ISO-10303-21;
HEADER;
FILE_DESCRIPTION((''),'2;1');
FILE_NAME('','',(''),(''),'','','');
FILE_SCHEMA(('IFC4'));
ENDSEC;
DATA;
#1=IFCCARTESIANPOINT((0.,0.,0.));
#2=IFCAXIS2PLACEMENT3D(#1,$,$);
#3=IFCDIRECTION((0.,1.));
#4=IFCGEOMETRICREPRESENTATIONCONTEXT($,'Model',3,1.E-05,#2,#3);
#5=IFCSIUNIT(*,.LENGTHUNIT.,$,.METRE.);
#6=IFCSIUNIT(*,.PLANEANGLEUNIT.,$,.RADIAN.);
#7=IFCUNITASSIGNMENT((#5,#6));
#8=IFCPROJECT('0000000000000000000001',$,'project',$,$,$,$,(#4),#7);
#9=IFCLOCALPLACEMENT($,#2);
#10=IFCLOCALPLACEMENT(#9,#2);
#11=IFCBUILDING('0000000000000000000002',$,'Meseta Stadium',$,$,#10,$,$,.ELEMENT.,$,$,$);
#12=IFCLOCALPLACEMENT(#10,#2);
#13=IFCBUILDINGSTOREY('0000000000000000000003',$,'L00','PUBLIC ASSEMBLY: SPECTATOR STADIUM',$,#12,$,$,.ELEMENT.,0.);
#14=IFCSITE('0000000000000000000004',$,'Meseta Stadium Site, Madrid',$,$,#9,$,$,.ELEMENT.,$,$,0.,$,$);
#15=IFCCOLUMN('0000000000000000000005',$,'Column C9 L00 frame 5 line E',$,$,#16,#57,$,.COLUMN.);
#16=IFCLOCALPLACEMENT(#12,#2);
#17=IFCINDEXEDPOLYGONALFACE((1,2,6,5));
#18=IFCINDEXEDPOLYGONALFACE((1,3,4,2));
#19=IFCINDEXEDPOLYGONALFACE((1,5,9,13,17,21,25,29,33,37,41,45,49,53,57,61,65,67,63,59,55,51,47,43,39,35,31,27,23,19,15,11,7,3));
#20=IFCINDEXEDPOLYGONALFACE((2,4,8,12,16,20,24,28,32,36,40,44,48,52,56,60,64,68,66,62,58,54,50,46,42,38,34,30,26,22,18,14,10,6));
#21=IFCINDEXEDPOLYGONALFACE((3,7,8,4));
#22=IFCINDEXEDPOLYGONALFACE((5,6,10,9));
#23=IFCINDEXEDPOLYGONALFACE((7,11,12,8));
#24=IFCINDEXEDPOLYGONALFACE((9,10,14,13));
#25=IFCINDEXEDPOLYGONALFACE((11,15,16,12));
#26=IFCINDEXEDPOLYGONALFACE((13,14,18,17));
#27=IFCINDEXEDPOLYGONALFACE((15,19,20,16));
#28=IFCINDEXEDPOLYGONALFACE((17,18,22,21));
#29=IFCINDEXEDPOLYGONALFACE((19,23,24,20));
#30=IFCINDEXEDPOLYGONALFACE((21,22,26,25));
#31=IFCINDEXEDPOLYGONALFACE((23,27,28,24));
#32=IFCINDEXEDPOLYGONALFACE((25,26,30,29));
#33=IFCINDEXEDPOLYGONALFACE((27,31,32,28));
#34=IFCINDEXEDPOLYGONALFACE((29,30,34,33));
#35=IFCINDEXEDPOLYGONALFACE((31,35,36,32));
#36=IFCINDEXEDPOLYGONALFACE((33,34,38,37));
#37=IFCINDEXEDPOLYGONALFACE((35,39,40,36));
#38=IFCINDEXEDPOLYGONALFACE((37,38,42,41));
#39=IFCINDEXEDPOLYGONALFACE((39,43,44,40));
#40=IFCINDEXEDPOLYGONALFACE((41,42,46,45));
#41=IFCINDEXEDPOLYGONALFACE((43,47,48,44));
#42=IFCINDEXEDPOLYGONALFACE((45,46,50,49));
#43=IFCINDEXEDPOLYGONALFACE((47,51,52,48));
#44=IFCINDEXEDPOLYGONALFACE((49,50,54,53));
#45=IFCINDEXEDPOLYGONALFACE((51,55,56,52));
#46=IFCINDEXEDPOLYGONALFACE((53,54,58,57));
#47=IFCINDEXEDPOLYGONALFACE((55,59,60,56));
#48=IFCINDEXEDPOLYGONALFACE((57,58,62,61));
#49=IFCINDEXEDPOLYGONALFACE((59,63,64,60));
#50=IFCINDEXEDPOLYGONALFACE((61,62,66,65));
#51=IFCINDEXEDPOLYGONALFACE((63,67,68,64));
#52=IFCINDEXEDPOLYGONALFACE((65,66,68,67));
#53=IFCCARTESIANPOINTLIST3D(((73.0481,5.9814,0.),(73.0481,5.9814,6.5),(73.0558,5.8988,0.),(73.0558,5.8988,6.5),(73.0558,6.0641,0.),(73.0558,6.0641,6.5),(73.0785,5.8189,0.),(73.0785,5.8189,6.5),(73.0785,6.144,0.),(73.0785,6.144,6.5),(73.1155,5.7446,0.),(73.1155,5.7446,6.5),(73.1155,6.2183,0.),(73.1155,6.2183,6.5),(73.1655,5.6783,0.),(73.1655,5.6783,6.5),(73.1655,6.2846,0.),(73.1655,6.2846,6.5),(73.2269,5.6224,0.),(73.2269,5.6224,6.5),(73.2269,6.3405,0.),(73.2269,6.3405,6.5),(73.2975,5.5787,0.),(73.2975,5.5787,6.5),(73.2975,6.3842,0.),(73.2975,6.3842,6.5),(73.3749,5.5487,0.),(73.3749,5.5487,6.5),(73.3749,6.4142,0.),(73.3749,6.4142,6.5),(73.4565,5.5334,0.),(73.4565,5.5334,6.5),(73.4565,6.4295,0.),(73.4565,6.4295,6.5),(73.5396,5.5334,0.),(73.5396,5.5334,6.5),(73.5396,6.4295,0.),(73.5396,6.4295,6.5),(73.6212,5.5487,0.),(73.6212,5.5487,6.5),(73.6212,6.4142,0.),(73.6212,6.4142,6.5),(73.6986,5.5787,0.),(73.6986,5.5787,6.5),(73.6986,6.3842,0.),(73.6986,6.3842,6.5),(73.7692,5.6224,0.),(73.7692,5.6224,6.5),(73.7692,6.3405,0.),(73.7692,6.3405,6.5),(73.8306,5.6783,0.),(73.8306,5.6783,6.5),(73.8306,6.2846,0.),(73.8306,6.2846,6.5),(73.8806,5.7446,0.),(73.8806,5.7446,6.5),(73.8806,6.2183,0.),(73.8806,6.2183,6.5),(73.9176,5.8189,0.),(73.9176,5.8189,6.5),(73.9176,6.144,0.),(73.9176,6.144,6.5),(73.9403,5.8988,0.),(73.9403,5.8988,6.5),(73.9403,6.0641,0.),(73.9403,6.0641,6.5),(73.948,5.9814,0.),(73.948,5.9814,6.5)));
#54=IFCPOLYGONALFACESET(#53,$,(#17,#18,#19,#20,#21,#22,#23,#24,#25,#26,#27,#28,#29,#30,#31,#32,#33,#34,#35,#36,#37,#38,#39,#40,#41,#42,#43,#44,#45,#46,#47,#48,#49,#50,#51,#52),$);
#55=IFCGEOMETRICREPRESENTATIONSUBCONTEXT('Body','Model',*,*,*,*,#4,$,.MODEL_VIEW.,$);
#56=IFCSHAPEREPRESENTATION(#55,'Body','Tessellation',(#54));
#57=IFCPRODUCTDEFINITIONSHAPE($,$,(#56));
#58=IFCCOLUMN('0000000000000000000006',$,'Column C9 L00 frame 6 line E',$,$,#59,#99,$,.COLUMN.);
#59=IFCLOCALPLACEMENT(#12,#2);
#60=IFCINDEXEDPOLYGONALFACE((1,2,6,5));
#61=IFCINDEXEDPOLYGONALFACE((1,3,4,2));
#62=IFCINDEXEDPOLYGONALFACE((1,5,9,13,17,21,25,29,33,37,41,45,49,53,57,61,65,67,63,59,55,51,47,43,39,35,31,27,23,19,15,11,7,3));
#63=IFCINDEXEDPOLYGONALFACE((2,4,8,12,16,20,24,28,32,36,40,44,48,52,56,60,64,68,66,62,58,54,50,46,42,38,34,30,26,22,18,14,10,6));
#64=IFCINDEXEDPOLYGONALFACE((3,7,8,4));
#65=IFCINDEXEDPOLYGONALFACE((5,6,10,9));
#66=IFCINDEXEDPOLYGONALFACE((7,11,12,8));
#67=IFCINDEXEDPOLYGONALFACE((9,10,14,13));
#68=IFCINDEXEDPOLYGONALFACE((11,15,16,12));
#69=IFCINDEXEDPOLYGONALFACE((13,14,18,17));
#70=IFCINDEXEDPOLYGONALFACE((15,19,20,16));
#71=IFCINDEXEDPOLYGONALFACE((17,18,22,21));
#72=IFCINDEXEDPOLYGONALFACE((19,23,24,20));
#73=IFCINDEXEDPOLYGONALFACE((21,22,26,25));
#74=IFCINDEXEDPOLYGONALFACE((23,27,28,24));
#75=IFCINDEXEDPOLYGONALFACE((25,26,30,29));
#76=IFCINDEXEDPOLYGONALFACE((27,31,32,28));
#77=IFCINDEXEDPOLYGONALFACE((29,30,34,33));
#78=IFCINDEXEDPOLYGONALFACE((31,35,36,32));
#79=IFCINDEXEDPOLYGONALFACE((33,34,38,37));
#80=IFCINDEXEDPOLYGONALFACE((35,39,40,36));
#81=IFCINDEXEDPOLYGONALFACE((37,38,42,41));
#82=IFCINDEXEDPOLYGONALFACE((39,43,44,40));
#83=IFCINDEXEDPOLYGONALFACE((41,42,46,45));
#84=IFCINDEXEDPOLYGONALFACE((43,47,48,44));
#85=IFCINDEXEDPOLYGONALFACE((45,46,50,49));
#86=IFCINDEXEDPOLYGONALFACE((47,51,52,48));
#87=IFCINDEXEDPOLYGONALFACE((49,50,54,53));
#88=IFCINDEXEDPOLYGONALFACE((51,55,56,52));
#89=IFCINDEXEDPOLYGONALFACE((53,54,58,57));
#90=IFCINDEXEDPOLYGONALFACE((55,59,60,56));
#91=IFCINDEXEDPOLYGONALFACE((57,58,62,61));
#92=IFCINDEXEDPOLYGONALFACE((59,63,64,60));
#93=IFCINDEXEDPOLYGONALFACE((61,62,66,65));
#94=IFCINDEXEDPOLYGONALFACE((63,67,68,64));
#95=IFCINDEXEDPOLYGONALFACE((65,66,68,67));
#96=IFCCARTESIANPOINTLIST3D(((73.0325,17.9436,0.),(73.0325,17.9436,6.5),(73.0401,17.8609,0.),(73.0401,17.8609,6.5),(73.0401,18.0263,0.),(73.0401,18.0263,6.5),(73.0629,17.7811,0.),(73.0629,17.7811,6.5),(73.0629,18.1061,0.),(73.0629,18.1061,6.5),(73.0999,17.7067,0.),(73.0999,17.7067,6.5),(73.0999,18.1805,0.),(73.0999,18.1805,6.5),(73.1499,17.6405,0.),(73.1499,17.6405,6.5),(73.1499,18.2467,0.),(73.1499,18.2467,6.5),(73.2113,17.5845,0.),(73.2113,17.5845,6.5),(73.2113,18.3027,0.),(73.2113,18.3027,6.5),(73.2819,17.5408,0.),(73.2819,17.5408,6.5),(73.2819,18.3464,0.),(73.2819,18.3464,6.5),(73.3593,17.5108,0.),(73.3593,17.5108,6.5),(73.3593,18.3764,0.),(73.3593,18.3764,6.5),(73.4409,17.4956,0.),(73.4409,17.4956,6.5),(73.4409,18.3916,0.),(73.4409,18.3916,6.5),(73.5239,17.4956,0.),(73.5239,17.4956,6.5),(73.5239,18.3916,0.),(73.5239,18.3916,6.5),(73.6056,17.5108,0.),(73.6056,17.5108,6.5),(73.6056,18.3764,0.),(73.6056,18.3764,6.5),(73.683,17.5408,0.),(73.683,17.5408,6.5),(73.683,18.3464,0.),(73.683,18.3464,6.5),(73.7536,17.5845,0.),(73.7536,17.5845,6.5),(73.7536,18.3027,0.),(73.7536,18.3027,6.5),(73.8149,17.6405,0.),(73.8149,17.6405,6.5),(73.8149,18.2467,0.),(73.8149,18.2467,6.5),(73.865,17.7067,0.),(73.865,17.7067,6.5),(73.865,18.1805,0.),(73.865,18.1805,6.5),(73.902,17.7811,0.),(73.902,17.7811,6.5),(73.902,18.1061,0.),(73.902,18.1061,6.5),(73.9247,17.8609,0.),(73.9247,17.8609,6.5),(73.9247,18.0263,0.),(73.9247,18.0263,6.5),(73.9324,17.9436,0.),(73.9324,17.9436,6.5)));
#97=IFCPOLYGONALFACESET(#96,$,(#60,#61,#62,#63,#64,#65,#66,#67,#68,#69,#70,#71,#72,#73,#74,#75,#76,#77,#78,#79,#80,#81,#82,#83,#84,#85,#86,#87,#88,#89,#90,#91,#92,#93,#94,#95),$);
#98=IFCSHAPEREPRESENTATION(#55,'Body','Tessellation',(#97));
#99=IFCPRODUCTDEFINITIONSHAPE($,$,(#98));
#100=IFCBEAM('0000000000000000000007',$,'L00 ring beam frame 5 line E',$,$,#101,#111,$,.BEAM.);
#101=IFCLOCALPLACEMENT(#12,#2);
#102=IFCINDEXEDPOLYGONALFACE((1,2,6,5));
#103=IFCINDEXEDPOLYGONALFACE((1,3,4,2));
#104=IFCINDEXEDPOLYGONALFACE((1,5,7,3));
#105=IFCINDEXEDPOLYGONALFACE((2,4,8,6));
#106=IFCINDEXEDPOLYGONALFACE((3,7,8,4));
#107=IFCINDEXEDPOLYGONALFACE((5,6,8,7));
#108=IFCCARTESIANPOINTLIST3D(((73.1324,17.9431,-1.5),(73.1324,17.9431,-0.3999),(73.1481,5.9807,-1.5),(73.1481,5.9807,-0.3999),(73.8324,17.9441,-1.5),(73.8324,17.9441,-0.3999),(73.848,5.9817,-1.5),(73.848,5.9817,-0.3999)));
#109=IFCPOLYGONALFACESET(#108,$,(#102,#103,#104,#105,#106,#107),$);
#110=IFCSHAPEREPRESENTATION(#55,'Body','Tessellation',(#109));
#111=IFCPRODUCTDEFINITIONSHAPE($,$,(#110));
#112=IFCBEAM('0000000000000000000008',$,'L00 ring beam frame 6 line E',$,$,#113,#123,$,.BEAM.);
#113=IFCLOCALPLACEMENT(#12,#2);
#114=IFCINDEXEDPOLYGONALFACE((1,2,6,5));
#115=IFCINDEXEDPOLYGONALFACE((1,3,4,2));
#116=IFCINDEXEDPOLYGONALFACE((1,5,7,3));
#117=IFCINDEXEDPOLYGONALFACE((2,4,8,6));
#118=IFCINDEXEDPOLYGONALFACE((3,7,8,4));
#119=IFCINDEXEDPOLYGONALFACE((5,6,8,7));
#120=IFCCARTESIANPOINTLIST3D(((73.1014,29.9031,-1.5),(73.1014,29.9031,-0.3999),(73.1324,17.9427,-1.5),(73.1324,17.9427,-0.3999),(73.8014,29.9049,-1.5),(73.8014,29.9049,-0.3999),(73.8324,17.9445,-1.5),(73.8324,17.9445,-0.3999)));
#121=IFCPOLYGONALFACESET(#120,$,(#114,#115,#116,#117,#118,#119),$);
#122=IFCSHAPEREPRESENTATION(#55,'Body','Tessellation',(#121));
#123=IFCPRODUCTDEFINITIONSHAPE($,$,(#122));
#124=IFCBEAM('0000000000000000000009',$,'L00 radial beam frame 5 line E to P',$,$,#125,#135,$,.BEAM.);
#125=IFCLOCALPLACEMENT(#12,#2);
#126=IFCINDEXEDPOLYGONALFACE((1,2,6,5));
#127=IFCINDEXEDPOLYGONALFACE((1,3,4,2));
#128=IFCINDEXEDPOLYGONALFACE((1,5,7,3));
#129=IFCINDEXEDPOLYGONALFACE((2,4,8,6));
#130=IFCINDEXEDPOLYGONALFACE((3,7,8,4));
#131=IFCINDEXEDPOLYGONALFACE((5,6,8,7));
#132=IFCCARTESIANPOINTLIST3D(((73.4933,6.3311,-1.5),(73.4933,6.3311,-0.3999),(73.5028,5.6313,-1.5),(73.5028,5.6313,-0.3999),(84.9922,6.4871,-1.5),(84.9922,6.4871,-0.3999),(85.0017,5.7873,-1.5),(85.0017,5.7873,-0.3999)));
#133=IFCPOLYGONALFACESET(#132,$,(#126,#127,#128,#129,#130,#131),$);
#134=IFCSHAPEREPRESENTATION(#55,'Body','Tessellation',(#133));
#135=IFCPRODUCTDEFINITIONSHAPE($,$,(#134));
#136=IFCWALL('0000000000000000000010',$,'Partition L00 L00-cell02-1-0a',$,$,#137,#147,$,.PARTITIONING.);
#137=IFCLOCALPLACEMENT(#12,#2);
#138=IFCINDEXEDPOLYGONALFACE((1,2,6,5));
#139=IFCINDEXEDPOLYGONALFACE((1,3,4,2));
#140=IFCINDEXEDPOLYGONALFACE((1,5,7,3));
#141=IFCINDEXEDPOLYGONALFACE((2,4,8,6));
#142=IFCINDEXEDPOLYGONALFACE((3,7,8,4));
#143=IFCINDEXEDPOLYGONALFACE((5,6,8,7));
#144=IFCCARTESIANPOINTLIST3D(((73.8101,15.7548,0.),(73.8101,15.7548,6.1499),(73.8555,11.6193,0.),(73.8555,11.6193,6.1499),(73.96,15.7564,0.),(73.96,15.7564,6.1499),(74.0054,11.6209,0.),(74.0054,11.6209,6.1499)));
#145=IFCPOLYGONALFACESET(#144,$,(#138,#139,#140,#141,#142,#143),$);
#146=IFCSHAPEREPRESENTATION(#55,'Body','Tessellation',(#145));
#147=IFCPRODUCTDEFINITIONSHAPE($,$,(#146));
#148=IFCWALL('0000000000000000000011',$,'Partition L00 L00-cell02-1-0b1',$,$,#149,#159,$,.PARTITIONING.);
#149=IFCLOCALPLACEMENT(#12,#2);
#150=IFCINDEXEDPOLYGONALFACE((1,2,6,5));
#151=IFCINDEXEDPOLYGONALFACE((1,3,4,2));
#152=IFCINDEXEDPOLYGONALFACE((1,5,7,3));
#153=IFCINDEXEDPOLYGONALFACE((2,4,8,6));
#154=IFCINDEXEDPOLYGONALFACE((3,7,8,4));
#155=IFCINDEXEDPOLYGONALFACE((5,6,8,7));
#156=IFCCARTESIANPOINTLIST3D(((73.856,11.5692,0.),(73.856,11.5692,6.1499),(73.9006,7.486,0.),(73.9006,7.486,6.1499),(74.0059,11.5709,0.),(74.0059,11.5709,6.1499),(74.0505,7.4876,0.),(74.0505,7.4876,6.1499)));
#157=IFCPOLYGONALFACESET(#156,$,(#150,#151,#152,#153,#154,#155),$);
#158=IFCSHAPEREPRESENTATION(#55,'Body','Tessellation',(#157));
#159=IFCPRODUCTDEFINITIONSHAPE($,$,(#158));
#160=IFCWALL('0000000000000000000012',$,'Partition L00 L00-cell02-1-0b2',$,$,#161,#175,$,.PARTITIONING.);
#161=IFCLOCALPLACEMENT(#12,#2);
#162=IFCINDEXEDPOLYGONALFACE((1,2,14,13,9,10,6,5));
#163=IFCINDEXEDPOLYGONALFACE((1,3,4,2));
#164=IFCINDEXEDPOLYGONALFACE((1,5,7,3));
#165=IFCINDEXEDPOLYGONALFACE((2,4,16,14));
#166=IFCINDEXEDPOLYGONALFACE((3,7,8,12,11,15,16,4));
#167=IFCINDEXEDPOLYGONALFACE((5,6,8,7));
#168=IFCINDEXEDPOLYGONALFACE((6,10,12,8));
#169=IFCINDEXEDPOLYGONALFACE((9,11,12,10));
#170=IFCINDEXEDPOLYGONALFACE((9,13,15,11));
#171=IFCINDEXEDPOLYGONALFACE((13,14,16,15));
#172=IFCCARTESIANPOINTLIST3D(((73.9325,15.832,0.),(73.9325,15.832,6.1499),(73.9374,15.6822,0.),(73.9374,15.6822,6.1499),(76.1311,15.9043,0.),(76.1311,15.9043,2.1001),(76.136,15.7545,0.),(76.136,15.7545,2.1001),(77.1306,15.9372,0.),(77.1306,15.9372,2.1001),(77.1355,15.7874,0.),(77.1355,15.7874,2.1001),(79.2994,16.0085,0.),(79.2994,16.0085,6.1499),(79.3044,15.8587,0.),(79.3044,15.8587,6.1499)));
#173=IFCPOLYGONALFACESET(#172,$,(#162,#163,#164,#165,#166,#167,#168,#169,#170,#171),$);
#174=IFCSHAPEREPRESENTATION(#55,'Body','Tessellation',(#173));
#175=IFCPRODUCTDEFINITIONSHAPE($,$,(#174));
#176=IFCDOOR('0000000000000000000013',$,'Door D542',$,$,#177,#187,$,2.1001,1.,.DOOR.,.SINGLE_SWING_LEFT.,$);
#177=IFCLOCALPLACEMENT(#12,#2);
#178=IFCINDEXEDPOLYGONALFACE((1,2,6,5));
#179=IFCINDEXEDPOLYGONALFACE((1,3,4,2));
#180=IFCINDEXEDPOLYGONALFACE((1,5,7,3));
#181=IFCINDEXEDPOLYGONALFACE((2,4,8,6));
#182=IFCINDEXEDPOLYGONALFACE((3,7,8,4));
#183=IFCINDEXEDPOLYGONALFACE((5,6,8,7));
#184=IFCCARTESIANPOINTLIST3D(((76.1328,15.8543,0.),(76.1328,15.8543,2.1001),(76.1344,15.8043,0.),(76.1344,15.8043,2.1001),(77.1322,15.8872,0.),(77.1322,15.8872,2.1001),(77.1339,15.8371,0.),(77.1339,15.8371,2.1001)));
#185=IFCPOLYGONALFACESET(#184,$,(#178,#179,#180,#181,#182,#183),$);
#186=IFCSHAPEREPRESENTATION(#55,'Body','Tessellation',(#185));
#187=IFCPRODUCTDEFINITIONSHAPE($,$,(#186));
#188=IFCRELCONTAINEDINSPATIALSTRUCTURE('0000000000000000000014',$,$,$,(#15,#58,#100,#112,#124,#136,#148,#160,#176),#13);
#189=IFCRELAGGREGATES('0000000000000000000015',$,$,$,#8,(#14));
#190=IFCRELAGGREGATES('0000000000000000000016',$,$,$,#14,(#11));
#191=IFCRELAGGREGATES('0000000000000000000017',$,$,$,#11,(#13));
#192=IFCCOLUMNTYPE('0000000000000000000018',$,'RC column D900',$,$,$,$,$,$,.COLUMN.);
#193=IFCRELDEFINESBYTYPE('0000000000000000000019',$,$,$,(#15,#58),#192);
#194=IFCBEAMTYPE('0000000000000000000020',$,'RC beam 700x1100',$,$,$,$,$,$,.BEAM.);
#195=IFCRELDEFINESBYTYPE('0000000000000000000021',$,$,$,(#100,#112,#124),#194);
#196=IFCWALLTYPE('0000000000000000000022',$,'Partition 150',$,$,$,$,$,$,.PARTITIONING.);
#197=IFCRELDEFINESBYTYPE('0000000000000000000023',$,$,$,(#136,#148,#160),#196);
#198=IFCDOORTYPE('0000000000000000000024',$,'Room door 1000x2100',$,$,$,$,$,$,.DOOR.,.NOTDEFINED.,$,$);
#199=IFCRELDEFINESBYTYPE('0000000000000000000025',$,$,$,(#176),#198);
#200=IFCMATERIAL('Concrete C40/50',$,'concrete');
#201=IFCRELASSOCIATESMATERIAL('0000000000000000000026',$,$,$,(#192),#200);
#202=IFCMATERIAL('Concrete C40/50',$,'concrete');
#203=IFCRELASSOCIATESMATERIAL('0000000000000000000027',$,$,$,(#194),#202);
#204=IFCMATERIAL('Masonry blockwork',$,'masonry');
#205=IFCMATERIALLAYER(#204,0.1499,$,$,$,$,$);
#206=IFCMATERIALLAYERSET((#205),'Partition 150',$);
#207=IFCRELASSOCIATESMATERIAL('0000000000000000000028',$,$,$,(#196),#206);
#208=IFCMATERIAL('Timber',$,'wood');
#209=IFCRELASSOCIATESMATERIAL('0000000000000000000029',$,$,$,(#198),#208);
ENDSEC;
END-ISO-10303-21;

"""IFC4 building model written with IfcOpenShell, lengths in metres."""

from ifc_helpers import new_model, si_unit, direction, frame, frame_2d, origin, origin_2d, place, context, subcontext, project, spatial, rectangle, circle, extrude, material, layer, layer_set, material_profile, profile_set, type_object, element, fill, save


model = new_model("IFC4")

# Units and contexts
model_context = context("Model", 3, precision=1e-05, world=origin(), true_north=direction((0.0, 1.0)))
body_context = subcontext(model_context, "Body", "Model", "MODEL_VIEW")
ifc_project = project(units=[si_unit("LENGTHUNIT", "METRE"), si_unit("PLANEANGLEUNIT", "RADIAN")], contexts=[model_context])

# Site, building, storey
site_placement = place(None, origin())
site = spatial("IfcSite", under=ifc_project, at=site_placement, Name="Meseta Stadium Site, Madrid", CompositionType="ELEMENT", RefElevation=0.0)
building_placement = place(site_placement, origin())
building = spatial("IfcBuilding", under=site, at=building_placement, Name="Meseta Stadium", CompositionType="ELEMENT")
storey_placement = place(building_placement, origin())
storey = spatial("IfcBuildingStorey", under=building, at=storey_placement, Name="L00", Description="PUBLIC ASSEMBLY: SPECTATOR STADIUM", CompositionType="ELEMENT", Elevation=0.0)

# Columns
ifc_material_1 = material(Name="Concrete C40/50", Category="concrete")
ifc_material_profile_1 = material_profile(ifc_material_1, circle(Radius=0.45, at=origin_2d()), Name="RC D900")
ifc_profile_set_1 = profile_set([ifc_material_profile_1], Name="Concrete C40/50")
column_type = type_object("IfcColumnType", Name="RC column D900", PredefinedType="COLUMN", material=ifc_profile_set_1)
for number, where, z_axis, x_axis, name in (
    (1, (73.498, 5.9814, 0.0), (0.0, 0.0, 1.0), (1.0, 0.0, 0.0), "Column C9 L00 frame 5 line E"),
    (2, (73.4824, 17.9436, 0.0), (0.0, 0.0, 1.0), (1.0, 0.0, 0.0), "Column C9 L00 frame 6 line E"),
):
    element("IfcColumn", number, at=place(storey_placement, frame(where, z_axis=z_axis, x_axis=x_axis)), inside=storey, type_object=column_type, Name=name, PredefinedType="COLUMN", context=body_context, shape_type="SweptSolid", body=[
        extrude(circle(Radius=0.45, at=origin_2d()), origin(), (0.0, 0.0, 1.0), 6.5),
    ])

# Beams
ifc_material_2 = material(Name="Concrete C40/50", Category="concrete")
ifc_material_profile_2 = material_profile(ifc_material_2, rectangle(XDim=0.7, YDim=1.1001, at=origin_2d()), Name="RC 700x1100")
ifc_profile_set_2 = profile_set([ifc_material_profile_2], Name="Concrete C40/50")
beam_type = type_object("IfcBeamType", Name="RC beam 700x1100", PredefinedType="BEAM", material=ifc_profile_set_2)
beam_1_placement = place(storey_placement, frame((73.498, 5.9812, -0.95), z_axis=(-0.001306, 0.999999, 0.0), x_axis=(-0.999999, -0.001306, 0.0)))
element("IfcBeam", 3, at=beam_1_placement, inside=storey, type_object=beam_type, Name="L00 ring beam frame 5 line E", PredefinedType="BEAM", context=body_context, shape_type="SweptSolid", body=[
    extrude(rectangle(XDim=0.7, YDim=1.1001, at=origin_2d()), origin(), (0.0, 0.0, 1.0), 11.9624),
])
beam_2_placement = place(storey_placement, frame((73.4824, 17.9436, -0.95), z_axis=(-0.002592, 0.999997, 0.0), x_axis=(-0.999997, -0.002592, 0.0)))
element("IfcBeam", 4, at=beam_2_placement, inside=storey, type_object=beam_type, Name="L00 ring beam frame 6 line E", PredefinedType="BEAM", context=body_context, shape_type="SweptSolid", body=[
    extrude(rectangle(XDim=0.7, YDim=1.1001, at=origin_2d()), origin(), (0.0, 0.0, 1.0), 11.9604),
])
beam_3_placement = place(storey_placement, frame((73.498, 5.9812, -0.95), z_axis=(0.999908, 0.013566, 0.0), x_axis=(-0.013566, 0.999908, 0.0)))
element("IfcBeam", 5, at=beam_3_placement, inside=storey, type_object=beam_type, Name="L00 radial beam frame 5 line E to P", PredefinedType="BEAM", context=body_context, shape_type="SweptSolid", body=[
    extrude(rectangle(XDim=0.7, YDim=1.1001, at=origin_2d()), origin(), (0.0, 0.0, 1.0), 11.5),
])

# Walls
ifc_material_3 = material(Name="Masonry blockwork", Category="masonry")
ifc_layer = layer(ifc_material_3, 0.1499)
ifc_layer_set = layer_set([ifc_layer], Name="Partition 150")
wall_type = type_object("IfcWallType", Name="Partition 150", PredefinedType="PARTITIONING", material=ifc_layer_set)
wall_1_placement = place(storey_placement, frame((73.885, 15.7556, 0.0), z_axis=(0.0, 0.0, 1.0), x_axis=(0.01098, -0.99994, 0.0)))
element("IfcWall", 6, at=wall_1_placement, inside=storey, type_object=wall_type, Name="Partition L00 L00-cell02-1-0a", PredefinedType="PARTITIONING", context=body_context, shape_type="SweptSolid", body=[
    extrude(rectangle(XDim=4.1357, YDim=0.1499, at=frame_2d((2.0679, 0.0))), origin(), (0.0, 0.0, 1.0), 6.1499),
])
wall_2_placement = place(storey_placement, frame((73.9309, 11.5701, 0.0), z_axis=(0.0, 0.0, 1.0), x_axis=(0.010941, -0.99994, 0.0)))
element("IfcWall", 7, at=wall_2_placement, inside=storey, type_object=wall_type, Name="Partition L00 L00-cell02-1-0b1", PredefinedType="PARTITIONING", context=body_context, shape_type="SweptSolid", body=[
    extrude(rectangle(XDim=4.0835, YDim=0.1499, at=frame_2d((2.0417, 0.0))), origin(), (0.0, 0.0, 1.0), 6.1499),
])

# Wall, opening, door
wall_3_placement = place(storey_placement, frame((73.9348, 15.7571, 0.0), z_axis=(0.0, 0.0, 1.0), x_axis=(0.99946, 0.032871, 0.0)))
wall_3 = element("IfcWall", 8, at=wall_3_placement, inside=storey, type_object=wall_type, Name="Partition L00 L00-cell02-1-0b2", PredefinedType="PARTITIONING", context=body_context, shape_type="SweptSolid", body=[
    extrude(rectangle(XDim=5.3699, YDim=0.1499, at=frame_2d((2.6851, 0.0))), origin(), (0.0, 0.0, 1.0), 6.1499),
])
opening_1_placement = place(wall_3_placement, frame((2.2, 0.0, 0.0)))
opening_1 = element("IfcOpeningElement", 9, at=opening_1_placement, cuts=wall_3, PredefinedType="OPENING", context=body_context, shape_type="SweptSolid", body=[
    extrude(rectangle(XDim=1.0, YDim=2.1001, at=frame_2d((0.5, 1.05))), frame((0.0, 0.085, 0.0), z_axis=(0.0, -1.0, 0.0), x_axis=(1.0, 0.0, 0.0)), (0.0, 0.0, 1.0), 0.1699),
])
ifc_material_4 = material(Name="Timber", Category="wood")
door_type_1 = type_object("IfcDoorType", Name="Room door 1000x2100", OperationType="NOTDEFINED", PredefinedType="DOOR", material=ifc_material_4)
door_1_placement = place(opening_1_placement, origin())
door_1 = element("IfcDoor", 10, at=door_1_placement, inside=storey, type_object=door_type_1, Name="Door D542", OperationType="SINGLE_SWING_LEFT", OverallHeight=2.1001, OverallWidth=1.0, PredefinedType="DOOR", context=body_context, shape_type="SweptSolid", body=[
    extrude(rectangle(XDim=1.0, YDim=2.1001, at=frame_2d((0.5, 1.05))), frame((0.0, 0.0249, 0.0), z_axis=(0.0, -1.0, 0.0), x_axis=(1.0, 0.0, 0.0)), (0.0, 0.0, 1.0), 0.05),
])
fill(opening_1, door_1)

save(model, "model.ifc")
